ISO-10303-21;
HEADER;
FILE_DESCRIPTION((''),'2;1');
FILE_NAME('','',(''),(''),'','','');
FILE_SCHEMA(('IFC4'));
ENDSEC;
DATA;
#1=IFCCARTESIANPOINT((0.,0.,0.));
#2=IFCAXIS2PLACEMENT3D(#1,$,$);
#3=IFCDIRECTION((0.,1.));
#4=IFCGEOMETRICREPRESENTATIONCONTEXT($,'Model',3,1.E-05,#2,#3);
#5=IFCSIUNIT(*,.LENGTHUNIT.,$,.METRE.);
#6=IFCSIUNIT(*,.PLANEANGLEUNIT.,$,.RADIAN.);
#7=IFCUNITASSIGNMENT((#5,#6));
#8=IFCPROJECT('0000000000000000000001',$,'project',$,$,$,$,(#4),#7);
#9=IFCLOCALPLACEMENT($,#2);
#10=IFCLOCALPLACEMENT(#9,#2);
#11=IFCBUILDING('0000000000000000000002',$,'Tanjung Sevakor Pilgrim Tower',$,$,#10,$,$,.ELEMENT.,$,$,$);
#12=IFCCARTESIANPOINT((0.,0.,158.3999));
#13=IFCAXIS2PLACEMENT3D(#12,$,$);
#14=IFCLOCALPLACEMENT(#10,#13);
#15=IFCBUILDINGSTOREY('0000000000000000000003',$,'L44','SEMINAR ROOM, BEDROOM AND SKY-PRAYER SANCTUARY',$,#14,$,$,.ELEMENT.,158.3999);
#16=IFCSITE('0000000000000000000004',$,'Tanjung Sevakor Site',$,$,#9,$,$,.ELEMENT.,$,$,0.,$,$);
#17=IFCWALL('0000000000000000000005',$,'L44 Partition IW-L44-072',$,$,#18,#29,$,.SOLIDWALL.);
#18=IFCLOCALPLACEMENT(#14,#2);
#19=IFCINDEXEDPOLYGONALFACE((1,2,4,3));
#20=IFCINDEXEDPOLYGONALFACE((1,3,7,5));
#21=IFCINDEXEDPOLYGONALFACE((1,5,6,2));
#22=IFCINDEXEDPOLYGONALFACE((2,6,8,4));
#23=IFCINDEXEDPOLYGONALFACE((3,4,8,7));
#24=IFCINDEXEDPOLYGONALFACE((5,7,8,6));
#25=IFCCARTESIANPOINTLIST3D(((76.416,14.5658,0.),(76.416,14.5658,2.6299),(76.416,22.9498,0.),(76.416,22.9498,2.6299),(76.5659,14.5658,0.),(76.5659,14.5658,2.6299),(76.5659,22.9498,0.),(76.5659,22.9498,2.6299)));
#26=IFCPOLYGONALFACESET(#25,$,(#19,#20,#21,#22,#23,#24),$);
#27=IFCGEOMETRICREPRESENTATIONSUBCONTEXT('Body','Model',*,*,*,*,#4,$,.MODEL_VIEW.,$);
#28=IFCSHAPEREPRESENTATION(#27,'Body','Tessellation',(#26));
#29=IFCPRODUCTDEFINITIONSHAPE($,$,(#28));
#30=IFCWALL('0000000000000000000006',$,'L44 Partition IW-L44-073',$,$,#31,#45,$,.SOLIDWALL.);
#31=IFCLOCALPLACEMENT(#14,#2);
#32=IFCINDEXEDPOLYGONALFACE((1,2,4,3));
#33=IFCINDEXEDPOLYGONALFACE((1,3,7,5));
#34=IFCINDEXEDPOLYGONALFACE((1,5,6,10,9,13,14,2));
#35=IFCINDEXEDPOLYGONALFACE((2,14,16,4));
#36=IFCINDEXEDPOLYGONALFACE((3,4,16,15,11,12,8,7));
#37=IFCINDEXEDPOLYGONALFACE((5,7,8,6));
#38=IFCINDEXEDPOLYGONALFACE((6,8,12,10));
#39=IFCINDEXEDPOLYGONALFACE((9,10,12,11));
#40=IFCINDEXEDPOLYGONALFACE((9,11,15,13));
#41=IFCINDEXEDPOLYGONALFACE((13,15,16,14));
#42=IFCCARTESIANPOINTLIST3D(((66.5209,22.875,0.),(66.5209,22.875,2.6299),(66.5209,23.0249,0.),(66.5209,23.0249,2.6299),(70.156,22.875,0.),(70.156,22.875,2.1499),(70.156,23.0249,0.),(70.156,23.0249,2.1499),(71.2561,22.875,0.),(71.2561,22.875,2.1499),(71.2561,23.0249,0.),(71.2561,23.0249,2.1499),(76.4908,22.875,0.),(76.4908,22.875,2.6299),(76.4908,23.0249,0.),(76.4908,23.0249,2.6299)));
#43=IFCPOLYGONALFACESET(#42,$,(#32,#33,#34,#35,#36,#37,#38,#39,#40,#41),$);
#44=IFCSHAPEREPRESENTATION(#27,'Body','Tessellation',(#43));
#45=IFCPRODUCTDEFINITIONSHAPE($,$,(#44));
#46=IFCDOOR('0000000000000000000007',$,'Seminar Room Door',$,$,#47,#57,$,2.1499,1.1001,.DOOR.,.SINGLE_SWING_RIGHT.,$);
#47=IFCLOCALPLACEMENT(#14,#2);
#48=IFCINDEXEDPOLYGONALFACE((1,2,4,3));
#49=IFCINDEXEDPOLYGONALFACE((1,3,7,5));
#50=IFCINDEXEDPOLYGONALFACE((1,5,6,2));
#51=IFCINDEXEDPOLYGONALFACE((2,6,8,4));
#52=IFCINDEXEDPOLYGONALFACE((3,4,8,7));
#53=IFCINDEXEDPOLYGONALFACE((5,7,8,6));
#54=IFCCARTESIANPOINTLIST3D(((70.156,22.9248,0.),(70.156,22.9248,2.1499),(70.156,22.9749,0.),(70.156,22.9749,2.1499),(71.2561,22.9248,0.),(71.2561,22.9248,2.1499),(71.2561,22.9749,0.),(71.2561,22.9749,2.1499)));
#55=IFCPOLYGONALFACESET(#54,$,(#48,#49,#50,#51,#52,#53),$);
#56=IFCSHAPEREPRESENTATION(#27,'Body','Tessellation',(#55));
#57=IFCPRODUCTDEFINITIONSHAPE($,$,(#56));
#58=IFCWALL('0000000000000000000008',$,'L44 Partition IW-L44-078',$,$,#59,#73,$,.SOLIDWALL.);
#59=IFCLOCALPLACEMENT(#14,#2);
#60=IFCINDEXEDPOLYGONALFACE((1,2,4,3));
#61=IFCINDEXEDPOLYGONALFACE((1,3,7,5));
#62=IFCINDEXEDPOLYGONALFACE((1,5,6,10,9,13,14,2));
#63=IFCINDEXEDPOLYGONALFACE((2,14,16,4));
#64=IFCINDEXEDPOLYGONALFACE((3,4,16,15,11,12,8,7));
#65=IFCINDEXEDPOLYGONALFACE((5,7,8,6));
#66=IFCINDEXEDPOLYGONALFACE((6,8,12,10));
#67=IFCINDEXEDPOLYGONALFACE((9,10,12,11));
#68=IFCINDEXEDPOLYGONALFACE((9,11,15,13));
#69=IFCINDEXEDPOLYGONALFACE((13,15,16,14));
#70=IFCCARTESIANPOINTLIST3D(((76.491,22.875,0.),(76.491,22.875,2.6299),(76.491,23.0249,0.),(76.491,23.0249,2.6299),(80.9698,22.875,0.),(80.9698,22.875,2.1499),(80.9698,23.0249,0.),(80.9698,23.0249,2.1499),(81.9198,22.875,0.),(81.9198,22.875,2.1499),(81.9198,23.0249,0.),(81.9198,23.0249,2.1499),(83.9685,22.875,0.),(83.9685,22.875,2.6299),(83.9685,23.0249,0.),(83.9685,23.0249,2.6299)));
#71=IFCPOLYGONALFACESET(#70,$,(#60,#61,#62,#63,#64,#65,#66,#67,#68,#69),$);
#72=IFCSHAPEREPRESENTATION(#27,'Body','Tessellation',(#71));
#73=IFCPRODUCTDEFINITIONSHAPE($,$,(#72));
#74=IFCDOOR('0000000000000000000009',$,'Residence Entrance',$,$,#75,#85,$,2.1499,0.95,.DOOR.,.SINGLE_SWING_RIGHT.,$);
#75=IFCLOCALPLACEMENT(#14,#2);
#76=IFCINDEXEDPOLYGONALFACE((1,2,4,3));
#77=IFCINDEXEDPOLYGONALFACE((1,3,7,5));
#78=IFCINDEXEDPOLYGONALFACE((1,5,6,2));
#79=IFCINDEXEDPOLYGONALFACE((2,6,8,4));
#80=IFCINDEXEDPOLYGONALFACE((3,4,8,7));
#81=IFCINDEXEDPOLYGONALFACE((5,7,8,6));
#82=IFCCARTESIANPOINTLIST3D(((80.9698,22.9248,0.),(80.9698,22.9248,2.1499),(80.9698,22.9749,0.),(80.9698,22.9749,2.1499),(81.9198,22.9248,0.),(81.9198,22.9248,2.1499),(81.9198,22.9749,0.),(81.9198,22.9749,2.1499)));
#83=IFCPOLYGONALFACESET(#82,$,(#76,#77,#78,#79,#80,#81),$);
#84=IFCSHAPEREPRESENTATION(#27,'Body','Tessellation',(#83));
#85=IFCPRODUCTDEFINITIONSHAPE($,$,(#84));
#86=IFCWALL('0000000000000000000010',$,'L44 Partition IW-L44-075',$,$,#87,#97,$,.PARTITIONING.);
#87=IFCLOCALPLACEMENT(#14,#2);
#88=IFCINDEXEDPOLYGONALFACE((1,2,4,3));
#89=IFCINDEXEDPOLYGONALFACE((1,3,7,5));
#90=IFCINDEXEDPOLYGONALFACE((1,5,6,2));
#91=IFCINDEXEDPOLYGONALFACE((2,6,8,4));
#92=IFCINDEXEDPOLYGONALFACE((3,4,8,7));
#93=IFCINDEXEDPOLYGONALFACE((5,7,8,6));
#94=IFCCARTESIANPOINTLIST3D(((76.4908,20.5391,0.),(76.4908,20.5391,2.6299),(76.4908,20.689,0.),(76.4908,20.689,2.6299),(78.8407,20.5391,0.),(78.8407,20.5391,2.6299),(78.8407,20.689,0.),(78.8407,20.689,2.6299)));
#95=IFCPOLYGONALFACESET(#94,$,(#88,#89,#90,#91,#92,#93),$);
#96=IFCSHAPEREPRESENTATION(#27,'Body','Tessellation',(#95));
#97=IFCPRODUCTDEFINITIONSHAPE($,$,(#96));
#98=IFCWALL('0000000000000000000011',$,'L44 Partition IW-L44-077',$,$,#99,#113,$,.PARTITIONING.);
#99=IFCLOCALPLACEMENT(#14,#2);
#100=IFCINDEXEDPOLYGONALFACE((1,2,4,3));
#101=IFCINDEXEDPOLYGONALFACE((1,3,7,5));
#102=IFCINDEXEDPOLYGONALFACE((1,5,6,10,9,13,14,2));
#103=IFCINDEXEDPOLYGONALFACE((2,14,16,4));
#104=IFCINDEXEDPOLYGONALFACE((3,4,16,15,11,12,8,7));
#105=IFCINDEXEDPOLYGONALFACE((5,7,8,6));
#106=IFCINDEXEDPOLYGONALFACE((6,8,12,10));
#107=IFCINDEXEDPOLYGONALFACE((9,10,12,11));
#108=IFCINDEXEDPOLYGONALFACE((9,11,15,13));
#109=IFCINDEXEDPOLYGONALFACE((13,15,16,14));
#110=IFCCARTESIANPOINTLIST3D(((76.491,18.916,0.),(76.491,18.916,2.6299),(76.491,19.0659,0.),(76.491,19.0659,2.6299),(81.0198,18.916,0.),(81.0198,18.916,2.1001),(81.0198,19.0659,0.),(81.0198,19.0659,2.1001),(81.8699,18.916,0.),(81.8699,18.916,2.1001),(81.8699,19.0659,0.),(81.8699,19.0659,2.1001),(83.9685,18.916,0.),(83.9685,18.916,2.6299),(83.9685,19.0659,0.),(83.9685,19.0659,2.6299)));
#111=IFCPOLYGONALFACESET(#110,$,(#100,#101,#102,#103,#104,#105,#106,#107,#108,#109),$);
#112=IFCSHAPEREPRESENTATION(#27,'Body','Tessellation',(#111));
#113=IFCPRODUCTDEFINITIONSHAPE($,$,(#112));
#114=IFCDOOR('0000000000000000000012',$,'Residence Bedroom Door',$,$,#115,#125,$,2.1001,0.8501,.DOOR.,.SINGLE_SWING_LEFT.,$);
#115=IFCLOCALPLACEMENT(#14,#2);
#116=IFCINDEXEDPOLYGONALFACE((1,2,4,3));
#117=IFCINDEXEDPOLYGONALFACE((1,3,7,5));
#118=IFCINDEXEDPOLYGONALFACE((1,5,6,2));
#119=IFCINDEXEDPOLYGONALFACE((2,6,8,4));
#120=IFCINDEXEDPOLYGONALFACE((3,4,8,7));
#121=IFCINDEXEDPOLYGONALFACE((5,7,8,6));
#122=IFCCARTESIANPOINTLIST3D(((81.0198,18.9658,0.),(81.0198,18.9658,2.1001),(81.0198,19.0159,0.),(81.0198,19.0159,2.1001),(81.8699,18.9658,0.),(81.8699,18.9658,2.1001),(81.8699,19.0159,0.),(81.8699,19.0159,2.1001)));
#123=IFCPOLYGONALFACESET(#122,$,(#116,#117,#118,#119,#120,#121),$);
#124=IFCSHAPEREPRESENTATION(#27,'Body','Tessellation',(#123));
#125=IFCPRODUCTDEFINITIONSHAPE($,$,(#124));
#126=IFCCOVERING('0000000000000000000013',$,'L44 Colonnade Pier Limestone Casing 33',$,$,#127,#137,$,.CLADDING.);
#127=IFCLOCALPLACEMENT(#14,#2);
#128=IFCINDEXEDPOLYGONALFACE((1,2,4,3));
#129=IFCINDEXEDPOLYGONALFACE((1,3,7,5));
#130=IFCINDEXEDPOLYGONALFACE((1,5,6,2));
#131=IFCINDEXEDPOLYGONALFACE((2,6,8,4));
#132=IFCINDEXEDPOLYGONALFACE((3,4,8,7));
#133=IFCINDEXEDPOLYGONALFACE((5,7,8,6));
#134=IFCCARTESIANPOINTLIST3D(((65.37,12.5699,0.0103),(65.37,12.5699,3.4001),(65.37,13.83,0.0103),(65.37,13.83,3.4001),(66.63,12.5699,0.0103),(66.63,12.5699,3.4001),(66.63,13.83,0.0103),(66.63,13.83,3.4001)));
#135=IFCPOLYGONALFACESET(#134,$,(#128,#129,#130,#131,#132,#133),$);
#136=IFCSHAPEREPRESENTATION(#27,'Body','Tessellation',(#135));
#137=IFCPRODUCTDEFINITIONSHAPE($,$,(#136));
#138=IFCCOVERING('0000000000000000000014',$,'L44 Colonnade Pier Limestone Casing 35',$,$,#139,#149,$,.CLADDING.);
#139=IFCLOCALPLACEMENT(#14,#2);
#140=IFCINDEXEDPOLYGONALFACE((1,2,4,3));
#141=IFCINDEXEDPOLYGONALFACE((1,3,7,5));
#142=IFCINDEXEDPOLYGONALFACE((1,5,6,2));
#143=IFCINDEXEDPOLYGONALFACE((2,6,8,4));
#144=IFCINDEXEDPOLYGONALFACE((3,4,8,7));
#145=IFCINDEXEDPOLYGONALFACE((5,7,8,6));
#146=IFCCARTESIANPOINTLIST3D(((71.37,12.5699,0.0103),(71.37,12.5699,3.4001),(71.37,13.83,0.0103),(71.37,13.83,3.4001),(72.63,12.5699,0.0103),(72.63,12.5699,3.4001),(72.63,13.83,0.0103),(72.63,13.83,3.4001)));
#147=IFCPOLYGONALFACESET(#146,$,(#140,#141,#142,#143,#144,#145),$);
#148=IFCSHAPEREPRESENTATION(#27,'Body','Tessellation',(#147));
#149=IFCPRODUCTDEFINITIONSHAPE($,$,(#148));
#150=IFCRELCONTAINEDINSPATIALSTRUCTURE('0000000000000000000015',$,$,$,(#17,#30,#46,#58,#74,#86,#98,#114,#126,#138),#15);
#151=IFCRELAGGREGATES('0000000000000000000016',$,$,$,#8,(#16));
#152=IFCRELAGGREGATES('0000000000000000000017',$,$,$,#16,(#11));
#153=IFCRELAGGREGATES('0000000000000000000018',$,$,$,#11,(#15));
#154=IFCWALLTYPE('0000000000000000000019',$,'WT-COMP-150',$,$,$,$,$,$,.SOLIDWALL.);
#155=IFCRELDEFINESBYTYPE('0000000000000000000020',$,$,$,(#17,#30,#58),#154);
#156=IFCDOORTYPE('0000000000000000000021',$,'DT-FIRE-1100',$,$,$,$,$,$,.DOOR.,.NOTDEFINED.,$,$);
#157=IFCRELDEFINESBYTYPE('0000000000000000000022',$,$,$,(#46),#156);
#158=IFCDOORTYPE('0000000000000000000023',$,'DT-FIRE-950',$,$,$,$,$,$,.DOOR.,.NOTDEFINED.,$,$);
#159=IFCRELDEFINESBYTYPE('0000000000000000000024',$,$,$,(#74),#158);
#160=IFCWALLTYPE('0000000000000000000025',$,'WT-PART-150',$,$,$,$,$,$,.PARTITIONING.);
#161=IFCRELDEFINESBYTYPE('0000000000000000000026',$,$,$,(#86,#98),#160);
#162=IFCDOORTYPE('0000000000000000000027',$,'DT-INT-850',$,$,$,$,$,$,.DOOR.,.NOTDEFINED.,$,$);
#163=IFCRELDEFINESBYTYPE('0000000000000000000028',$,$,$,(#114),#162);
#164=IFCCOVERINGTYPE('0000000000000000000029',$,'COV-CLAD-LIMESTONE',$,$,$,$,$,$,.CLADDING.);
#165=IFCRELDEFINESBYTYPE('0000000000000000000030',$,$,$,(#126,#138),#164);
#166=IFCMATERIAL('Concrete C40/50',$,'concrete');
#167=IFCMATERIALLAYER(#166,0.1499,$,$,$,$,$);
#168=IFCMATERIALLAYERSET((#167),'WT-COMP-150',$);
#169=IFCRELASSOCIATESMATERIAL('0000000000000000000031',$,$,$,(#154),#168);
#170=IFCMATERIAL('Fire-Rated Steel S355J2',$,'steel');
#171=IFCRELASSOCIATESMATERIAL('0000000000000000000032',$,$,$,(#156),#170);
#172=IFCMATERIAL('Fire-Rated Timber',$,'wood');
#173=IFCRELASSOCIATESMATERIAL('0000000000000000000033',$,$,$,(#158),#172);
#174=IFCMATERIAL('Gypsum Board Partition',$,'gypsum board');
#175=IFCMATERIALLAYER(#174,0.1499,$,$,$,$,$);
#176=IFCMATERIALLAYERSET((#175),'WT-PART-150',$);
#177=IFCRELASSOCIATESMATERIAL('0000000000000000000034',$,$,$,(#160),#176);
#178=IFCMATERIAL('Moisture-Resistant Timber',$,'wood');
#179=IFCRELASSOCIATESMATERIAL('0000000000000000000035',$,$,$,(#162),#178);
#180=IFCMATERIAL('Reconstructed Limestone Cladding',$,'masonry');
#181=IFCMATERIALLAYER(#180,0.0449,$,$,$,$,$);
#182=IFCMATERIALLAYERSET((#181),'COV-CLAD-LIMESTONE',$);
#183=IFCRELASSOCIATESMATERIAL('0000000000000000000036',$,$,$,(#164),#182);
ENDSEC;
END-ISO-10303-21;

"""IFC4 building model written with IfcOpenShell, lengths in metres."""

from ifc_helpers import new_model, si_unit, direction, frame, frame_2d, origin, origin_2d, place, context, subcontext, project, spatial, rectangle, extrude, material, layer, layer_set, type_object, element, fill, save


model = new_model("IFC4")

# Units and contexts
model_context = context("Model", 3, precision=1e-05, world=origin(), true_north=direction((0.0, 1.0)))
body_context = subcontext(model_context, "Body", "Model", "MODEL_VIEW")
ifc_project = project(units=[si_unit("LENGTHUNIT", "METRE"), si_unit("PLANEANGLEUNIT", "RADIAN")], contexts=[model_context])

# Site, building, storey
site_placement = place(None, origin())
site = spatial("IfcSite", under=ifc_project, at=site_placement, Name="Tanjung Sevakor Site", CompositionType="ELEMENT", RefElevation=0.0)
building_placement = place(site_placement, origin())
building = spatial("IfcBuilding", under=site, at=building_placement, Name="Tanjung Sevakor Pilgrim Tower", CompositionType="ELEMENT")
storey_placement = place(building_placement, frame((0.0, 0.0, 158.3999)))
storey = spatial("IfcBuildingStorey", under=building, at=storey_placement, Name="L44", Description="SEMINAR ROOM, BEDROOM AND SKY-PRAYER SANCTUARY", CompositionType="ELEMENT", Elevation=158.3999)

# Shared definitions
ifc_material_1 = material(Name="Concrete C40/50", Category="concrete")
ifc_layer_1 = layer(ifc_material_1, 0.1499)
ifc_layer_set_1 = layer_set([ifc_layer_1], Name="WT-COMP-150")
wall_type_1 = type_object("IfcWallType", Name="WT-COMP-150", PredefinedType="SOLIDWALL", material=ifc_layer_set_1)

# Wall
wall_1_placement = place(storey_placement, frame((76.491, 14.5659, 0.0), z_axis=(0.0, 0.0, 1.0), x_axis=(0.0, 1.0, 0.0)))
element("IfcWall", 1, at=wall_1_placement, inside=storey, type_object=wall_type_1, Name="L44 Partition IW-L44-072", PredefinedType="SOLIDWALL", context=body_context, shape_type="SweptSolid", body=[
    extrude(rectangle(XDim=8.384, YDim=0.1499, at=frame_2d((4.1919, 0.0))), origin(), (0.0, 0.0, 1.0), 2.6299),
])

# Walls, openings, doors
wall_2_placement = place(storey_placement, frame((66.521, 22.95, 0.0), z_axis=(0.0, 0.0, 1.0), x_axis=(1.0, 0.0, 0.0)))
wall_2 = element("IfcWall", 2, at=wall_2_placement, inside=storey, type_object=wall_type_1, Name="L44 Partition IW-L44-073", PredefinedType="SOLIDWALL", context=body_context, shape_type="SweptSolid", body=[
    extrude(rectangle(XDim=9.97, YDim=0.1499, at=frame_2d((4.9849, 0.0))), origin(), (0.0, 0.0, 1.0), 2.6299),
])
opening_1_placement = place(wall_2_placement, frame((3.635, 0.0, 0.0)))
opening_1 = element("IfcOpeningElement", 3, at=opening_1_placement, cuts=wall_2, PredefinedType="OPENING", context=body_context, shape_type="SweptSolid", body=[
    extrude(rectangle(XDim=1.1001, YDim=2.1499, at=frame_2d((0.55, 1.075))), frame((0.0, 0.085, 0.0), z_axis=(0.0, -1.0, 0.0), x_axis=(1.0, 0.0, 0.0)), (0.0, 0.0, 1.0), 0.1699),
])
ifc_material_2 = material(Name="Fire-Rated Steel S355J2", Category="steel")
door_type_1 = type_object("IfcDoorType", Name="DT-FIRE-1100", OperationType="NOTDEFINED", PredefinedType="DOOR", material=ifc_material_2)
door_1_placement = place(opening_1_placement, origin())
door_1 = element("IfcDoor", 4, at=door_1_placement, inside=storey, type_object=door_type_1, Name="Seminar Room Door", OperationType="SINGLE_SWING_RIGHT", OverallHeight=2.1499, OverallWidth=1.1001, PredefinedType="DOOR", context=body_context, shape_type="SweptSolid", body=[
    extrude(rectangle(XDim=1.1001, YDim=2.1499, at=frame_2d((0.55, 1.075))), frame((0.0, 0.0249, 0.0), z_axis=(0.0, -1.0, 0.0), x_axis=(1.0, 0.0, 0.0)), (0.0, 0.0, 1.0), 0.05),
])
fill(opening_1, door_1)
wall_3_placement = place(storey_placement, frame((76.491, 22.95, 0.0), z_axis=(0.0, 0.0, 1.0), x_axis=(1.0, 0.0, 0.0)))
wall_3 = element("IfcWall", 5, at=wall_3_placement, inside=storey, type_object=wall_type_1, Name="L44 Partition IW-L44-078", PredefinedType="SOLIDWALL", context=body_context, shape_type="SweptSolid", body=[
    extrude(rectangle(XDim=7.4775, YDim=0.1499, at=frame_2d((3.7388, 0.0))), origin(), (0.0, 0.0, 1.0), 2.6299),
])
opening_2_placement = place(wall_3_placement, frame((4.4788, 0.0, 0.0)))
opening_2 = element("IfcOpeningElement", 6, at=opening_2_placement, cuts=wall_3, PredefinedType="OPENING", context=body_context, shape_type="SweptSolid", body=[
    extrude(rectangle(XDim=0.95, YDim=2.1499, at=frame_2d((0.4751, 1.075))), frame((0.0, 0.085, 0.0), z_axis=(0.0, -1.0, 0.0), x_axis=(1.0, 0.0, 0.0)), (0.0, 0.0, 1.0), 0.1699),
])
ifc_material_3 = material(Name="Fire-Rated Timber", Category="wood")
door_type_2 = type_object("IfcDoorType", Name="DT-FIRE-950", OperationType="NOTDEFINED", PredefinedType="DOOR", material=ifc_material_3)
door_2_placement = place(opening_2_placement, origin())
door_2 = element("IfcDoor", 7, at=door_2_placement, inside=storey, type_object=door_type_2, Name="Residence Entrance", OperationType="SINGLE_SWING_RIGHT", OverallHeight=2.1499, OverallWidth=0.95, PredefinedType="DOOR", context=body_context, shape_type="SweptSolid", body=[
    extrude(rectangle(XDim=0.95, YDim=2.1499, at=frame_2d((0.4751, 1.075))), frame((0.0, 0.0249, 0.0), z_axis=(0.0, -1.0, 0.0), x_axis=(1.0, 0.0, 0.0)), (0.0, 0.0, 1.0), 0.05),
])
fill(opening_2, door_2)

# Wall
ifc_material_4 = material(Name="Gypsum Board Partition", Category="gypsum board")
ifc_layer_2 = layer(ifc_material_4, 0.1499)
ifc_layer_set_2 = layer_set([ifc_layer_2], Name="WT-PART-150")
wall_type_2 = type_object("IfcWallType", Name="WT-PART-150", PredefinedType="PARTITIONING", material=ifc_layer_set_2)
wall_4_placement = place(storey_placement, frame((76.491, 20.614, 0.0), z_axis=(0.0, 0.0, 1.0), x_axis=(1.0, 0.0, 0.0)))
element("IfcWall", 8, at=wall_4_placement, inside=storey, type_object=wall_type_2, Name="L44 Partition IW-L44-075", PredefinedType="PARTITIONING", context=body_context, shape_type="SweptSolid", body=[
    extrude(rectangle(XDim=2.3499, YDim=0.1499, at=frame_2d((1.1748, 0.0))), origin(), (0.0, 0.0, 1.0), 2.6299),
])

# Wall, opening, door
wall_5_placement = place(storey_placement, frame((76.491, 18.991, 0.0), z_axis=(0.0, 0.0, 1.0), x_axis=(1.0, 0.0, 0.0)))
wall_5 = element("IfcWall", 9, at=wall_5_placement, inside=storey, type_object=wall_type_2, Name="L44 Partition IW-L44-077", PredefinedType="PARTITIONING", context=body_context, shape_type="SweptSolid", body=[
    extrude(rectangle(XDim=7.4775, YDim=0.1499, at=frame_2d((3.7388, 0.0))), origin(), (0.0, 0.0, 1.0), 2.6299),
])
opening_3_placement = place(wall_5_placement, frame((4.5288, 0.0, 0.0)))
opening_3 = element("IfcOpeningElement", 10, at=opening_3_placement, cuts=wall_5, PredefinedType="OPENING", context=body_context, shape_type="SweptSolid", body=[
    extrude(rectangle(XDim=0.8501, YDim=2.1001, at=frame_2d((0.425, 1.05))), frame((0.0, 0.085, 0.0), z_axis=(0.0, -1.0, 0.0), x_axis=(1.0, 0.0, 0.0)), (0.0, 0.0, 1.0), 0.1699),
])
ifc_material_5 = material(Name="Moisture-Resistant Timber", Category="wood")
door_type_3 = type_object("IfcDoorType", Name="DT-INT-850", OperationType="NOTDEFINED", PredefinedType="DOOR", material=ifc_material_5)
door_3_placement = place(opening_3_placement, origin())
door_3 = element("IfcDoor", 11, at=door_3_placement, inside=storey, type_object=door_type_3, Name="Residence Bedroom Door", OperationType="SINGLE_SWING_LEFT", OverallHeight=2.1001, OverallWidth=0.8501, PredefinedType="DOOR", context=body_context, shape_type="SweptSolid", body=[
    extrude(rectangle(XDim=0.8501, YDim=2.1001, at=frame_2d((0.425, 1.05))), frame((0.0, 0.0249, 0.0), z_axis=(0.0, -1.0, 0.0), x_axis=(1.0, 0.0, 0.0)), (0.0, 0.0, 1.0), 0.05),
])
fill(opening_3, door_3)

# Coverings
ifc_material_6 = material(Name="Reconstructed Limestone Cladding", Category="masonry")
ifc_layer_3 = layer(ifc_material_6, 0.0449)
ifc_layer_set_3 = layer_set([ifc_layer_3], Name="COV-CLAD-LIMESTONE")
covering_type = type_object("IfcCoveringType", Name="COV-CLAD-LIMESTONE", PredefinedType="CLADDING", material=ifc_layer_set_3)
for number, where, z_axis, x_axis, name in (
    (12, (66.0, 13.2, 0.0103), (0.0, 0.0, 1.0), (1.0, 0.0, 0.0), "L44 Colonnade Pier Limestone Casing 33"),
    (13, (72.0, 13.2, 0.0103), (0.0, 0.0, 1.0), (1.0, 0.0, 0.0), "L44 Colonnade Pier Limestone Casing 35"),
):
    element("IfcCovering", number, at=place(storey_placement, frame(where, z_axis=z_axis, x_axis=x_axis)), inside=storey, type_object=covering_type, Name=name, PredefinedType="CLADDING", context=body_context, shape_type="SweptSolid", body=[
        extrude(rectangle(XDim=1.26, YDim=1.26, at=origin_2d()), origin(), (0.0, 0.0, 1.0), 3.3899),
    ])

save(model, "model.ifc")
